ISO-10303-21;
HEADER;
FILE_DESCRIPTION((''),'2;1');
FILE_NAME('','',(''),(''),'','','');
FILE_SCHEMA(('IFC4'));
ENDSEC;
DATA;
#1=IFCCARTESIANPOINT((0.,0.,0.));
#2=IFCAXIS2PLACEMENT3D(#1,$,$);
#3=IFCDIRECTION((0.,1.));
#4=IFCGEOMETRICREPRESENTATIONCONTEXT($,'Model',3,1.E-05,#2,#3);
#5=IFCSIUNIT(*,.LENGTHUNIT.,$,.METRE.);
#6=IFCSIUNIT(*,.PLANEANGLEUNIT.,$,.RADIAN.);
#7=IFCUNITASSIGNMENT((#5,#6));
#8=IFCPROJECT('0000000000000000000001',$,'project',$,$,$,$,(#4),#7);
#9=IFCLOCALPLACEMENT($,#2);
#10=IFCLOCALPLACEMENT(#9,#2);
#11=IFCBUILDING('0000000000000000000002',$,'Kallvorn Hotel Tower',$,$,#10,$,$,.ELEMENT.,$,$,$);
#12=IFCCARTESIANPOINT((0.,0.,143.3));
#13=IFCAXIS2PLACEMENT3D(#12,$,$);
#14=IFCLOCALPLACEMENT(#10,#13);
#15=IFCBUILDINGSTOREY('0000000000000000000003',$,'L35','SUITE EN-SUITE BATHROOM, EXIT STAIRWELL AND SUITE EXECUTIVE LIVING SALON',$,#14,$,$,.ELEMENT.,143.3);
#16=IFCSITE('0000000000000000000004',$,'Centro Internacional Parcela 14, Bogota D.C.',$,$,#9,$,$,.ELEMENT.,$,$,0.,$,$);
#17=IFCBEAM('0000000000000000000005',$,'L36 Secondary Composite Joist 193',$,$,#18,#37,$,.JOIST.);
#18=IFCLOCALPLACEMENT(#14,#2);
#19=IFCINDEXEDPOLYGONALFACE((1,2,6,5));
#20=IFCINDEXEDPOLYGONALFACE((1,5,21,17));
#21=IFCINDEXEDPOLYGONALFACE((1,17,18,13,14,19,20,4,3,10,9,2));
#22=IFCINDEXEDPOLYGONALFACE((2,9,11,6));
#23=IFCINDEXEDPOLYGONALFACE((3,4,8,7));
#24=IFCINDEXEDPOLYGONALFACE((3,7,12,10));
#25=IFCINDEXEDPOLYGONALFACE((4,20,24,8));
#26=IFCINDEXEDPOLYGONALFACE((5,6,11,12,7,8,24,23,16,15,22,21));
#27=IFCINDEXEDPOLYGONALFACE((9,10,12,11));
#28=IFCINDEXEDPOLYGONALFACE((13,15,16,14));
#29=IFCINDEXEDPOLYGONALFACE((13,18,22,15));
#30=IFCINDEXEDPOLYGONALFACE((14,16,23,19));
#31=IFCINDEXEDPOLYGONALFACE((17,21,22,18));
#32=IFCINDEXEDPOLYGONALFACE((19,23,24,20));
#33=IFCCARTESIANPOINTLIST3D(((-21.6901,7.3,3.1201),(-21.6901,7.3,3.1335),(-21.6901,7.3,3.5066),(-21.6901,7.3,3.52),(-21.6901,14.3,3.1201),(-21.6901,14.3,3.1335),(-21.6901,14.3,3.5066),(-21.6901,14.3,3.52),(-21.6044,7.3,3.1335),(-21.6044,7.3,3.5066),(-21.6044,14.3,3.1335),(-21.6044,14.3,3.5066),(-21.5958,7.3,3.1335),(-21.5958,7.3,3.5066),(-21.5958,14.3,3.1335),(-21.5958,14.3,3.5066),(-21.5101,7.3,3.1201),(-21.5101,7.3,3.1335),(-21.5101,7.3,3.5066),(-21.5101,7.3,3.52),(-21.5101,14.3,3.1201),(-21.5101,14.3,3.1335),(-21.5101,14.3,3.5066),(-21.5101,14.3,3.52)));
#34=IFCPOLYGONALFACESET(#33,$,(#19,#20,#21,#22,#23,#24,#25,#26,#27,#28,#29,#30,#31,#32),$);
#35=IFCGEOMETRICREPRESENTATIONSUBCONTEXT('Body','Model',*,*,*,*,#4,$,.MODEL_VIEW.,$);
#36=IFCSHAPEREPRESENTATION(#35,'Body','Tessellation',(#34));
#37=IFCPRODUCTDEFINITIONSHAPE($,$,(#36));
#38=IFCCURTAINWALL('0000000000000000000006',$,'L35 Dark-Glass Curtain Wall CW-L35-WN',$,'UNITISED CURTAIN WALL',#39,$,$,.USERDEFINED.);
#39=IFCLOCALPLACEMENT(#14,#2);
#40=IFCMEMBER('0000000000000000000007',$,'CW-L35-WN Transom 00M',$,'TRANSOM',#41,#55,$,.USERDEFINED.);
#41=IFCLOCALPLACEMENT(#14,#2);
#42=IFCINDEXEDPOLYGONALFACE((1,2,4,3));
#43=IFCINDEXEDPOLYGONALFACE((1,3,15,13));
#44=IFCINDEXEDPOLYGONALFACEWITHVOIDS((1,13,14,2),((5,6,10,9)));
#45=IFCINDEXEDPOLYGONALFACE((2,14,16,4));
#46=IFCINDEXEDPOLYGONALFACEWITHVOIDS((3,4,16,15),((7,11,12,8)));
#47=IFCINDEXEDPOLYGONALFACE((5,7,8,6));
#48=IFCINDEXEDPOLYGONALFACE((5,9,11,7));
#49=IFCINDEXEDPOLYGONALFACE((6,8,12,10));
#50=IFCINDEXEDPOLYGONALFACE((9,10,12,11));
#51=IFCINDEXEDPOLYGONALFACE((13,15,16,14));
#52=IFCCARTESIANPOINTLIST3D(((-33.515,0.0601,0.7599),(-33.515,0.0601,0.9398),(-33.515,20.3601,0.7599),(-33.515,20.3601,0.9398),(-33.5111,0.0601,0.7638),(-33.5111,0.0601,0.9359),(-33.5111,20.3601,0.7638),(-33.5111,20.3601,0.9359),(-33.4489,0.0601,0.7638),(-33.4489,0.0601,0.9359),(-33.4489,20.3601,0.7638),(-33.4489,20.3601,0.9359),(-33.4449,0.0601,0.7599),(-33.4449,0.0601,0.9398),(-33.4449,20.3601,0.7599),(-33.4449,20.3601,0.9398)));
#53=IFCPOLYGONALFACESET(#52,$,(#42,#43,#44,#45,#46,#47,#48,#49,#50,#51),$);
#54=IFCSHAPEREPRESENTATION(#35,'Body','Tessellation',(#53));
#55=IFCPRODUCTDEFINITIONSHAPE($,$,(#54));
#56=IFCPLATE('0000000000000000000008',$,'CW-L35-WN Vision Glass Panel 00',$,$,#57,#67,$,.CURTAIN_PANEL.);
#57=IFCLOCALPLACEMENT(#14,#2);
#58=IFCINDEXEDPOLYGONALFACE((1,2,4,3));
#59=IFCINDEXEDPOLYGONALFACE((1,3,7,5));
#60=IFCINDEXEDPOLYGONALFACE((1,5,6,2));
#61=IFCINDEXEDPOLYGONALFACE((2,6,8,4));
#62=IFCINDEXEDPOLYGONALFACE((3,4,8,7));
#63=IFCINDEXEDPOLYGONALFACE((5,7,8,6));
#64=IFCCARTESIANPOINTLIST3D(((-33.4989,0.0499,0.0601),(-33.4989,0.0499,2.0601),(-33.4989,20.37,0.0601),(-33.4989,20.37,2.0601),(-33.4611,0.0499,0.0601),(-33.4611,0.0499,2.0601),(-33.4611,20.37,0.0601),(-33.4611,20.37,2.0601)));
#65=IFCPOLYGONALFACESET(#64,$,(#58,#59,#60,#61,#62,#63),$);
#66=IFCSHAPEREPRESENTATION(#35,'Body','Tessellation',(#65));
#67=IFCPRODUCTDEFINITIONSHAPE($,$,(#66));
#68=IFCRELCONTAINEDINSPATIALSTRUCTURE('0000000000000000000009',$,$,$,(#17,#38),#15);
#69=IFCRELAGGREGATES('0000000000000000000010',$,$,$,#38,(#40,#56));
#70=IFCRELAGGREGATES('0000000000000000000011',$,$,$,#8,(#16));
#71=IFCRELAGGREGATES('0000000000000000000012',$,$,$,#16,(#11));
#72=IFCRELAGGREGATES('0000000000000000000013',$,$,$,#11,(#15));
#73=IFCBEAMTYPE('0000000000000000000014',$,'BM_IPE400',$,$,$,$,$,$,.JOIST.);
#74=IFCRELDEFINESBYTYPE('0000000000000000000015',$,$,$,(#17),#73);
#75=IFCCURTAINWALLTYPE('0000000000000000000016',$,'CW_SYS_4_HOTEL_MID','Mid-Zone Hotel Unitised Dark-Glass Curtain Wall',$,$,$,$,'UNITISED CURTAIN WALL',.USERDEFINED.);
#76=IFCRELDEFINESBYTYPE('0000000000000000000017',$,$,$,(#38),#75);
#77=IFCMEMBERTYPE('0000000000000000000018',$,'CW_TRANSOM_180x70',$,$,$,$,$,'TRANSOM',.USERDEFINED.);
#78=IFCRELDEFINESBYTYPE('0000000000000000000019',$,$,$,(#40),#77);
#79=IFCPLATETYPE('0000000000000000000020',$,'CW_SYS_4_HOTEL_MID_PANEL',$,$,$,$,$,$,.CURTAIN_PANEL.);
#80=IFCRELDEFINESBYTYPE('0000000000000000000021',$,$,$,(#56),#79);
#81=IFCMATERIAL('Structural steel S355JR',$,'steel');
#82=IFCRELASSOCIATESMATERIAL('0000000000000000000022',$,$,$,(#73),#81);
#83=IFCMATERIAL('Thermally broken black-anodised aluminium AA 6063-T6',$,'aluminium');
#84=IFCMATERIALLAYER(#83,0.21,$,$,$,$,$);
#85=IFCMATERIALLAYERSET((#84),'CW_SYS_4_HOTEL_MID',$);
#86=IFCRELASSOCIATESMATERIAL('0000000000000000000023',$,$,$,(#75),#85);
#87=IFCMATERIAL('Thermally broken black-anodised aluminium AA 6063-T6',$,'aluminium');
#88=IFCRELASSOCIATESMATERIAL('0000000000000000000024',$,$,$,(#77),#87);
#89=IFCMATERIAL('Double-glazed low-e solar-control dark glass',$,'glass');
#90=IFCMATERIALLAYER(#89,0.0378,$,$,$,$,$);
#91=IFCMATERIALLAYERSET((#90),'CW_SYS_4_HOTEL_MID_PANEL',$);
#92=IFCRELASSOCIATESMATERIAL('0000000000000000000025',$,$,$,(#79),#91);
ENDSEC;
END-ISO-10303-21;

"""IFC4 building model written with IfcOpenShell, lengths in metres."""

from ifc_helpers import new_model, si_unit, direction, frame, origin, origin_2d, place, context, subcontext, project, spatial, rectangle, hollow_rectangle, i_section, extrude, material, layer, layer_set, material_profile, profile_set, type_object, element, aggregate, save


model = new_model("IFC4")

# Units and contexts
model_context = context("Model", 3, precision=1e-05, world=origin(), true_north=direction((0.0, 1.0)))
body_context = subcontext(model_context, "Body", "Model", "MODEL_VIEW")
ifc_project = project(units=[si_unit("LENGTHUNIT", "METRE"), si_unit("PLANEANGLEUNIT", "RADIAN")], contexts=[model_context])

# Site, building, storey
site_placement = place(None, origin())
site = spatial("IfcSite", under=ifc_project, at=site_placement, Name="Centro Internacional Parcela 14, Bogota D.C.", CompositionType="ELEMENT", RefElevation=0.0)
building_placement = place(site_placement, origin())
building = spatial("IfcBuilding", under=site, at=building_placement, Name="Kallvorn Hotel Tower", CompositionType="ELEMENT")
storey_placement = place(building_placement, frame((0.0, 0.0, 143.3)))
storey = spatial("IfcBuildingStorey", under=building, at=storey_placement, Name="L35", Description="SUITE EN-SUITE BATHROOM, EXIT STAIRWELL AND SUITE EXECUTIVE LIVING SALON", CompositionType="ELEMENT", Elevation=143.3)

# Beam
ifc_material_1 = material(Name="Structural steel S355JR", Category="steel")
ifc_material_profile_1 = material_profile(ifc_material_1, i_section(OverallWidth=0.1799, OverallDepth=0.3999, WebThickness=0.0085, FlangeThickness=0.0134, at=origin_2d()), Name="IPE 400")
ifc_profile_set_1 = profile_set([ifc_material_profile_1], Name="Structural steel S355JR")
beam_type_1 = type_object("IfcBeamType", Name="BM_IPE400", PredefinedType="JOIST", material=ifc_profile_set_1)
beam_1_placement = place(storey_placement, frame((-21.6001, 7.3, 3.3201), z_axis=(0.0, 1.0, 0.0), x_axis=(-1.0, 0.0, 0.0)))
element("IfcBeam", 1, at=beam_1_placement, inside=storey, type_object=beam_type_1, Name="L36 Secondary Composite Joist 193", PredefinedType="JOIST", context=body_context, shape_type="SweptSolid", body=[
    extrude(i_section(OverallWidth=0.1799, OverallDepth=0.3999, WebThickness=0.0085, FlangeThickness=0.0134, at=origin_2d()), origin(), (0.0, 0.0, 1.0), 7.0),
])

# Curtain wall, member, plate
ifc_material_2 = material(Name="Thermally broken black-anodised aluminium AA 6063-T6", Category="aluminium")
ifc_layer_1 = layer(ifc_material_2, 0.21)
ifc_layer_set_1 = layer_set([ifc_layer_1], Name="CW_SYS_4_HOTEL_MID")
curtain_wall_type = type_object("IfcCurtainWallType", Name="CW_SYS_4_HOTEL_MID", Description="Mid-Zone Hotel Unitised Dark-Glass Curtain Wall", ElementType="UNITISED CURTAIN WALL", PredefinedType="USERDEFINED", material=ifc_layer_set_1)
curtain_wall_placement = place(storey_placement, origin())
curtain_wall = element("IfcCurtainWall", 2, at=curtain_wall_placement, inside=storey, type_object=curtain_wall_type, Name="L35 Dark-Glass Curtain Wall CW-L35-WN", ObjectType="UNITISED CURTAIN WALL", PredefinedType="USERDEFINED")
ifc_material_3 = material(Name="Thermally broken black-anodised aluminium AA 6063-T6", Category="aluminium")
ifc_material_profile_2 = material_profile(ifc_material_3, hollow_rectangle(XDim=0.0701, YDim=0.1799, WallThickness=0.0039, at=origin_2d()), Name="TRN 180x70")
ifc_profile_set_2 = profile_set([ifc_material_profile_2], Name="Thermally broken black-anodised aluminium AA 6063-T6")
member_type = type_object("IfcMemberType", Name="CW_TRANSOM_180x70", ElementType="TRANSOM", PredefinedType="USERDEFINED", material=ifc_profile_set_2)
member_placement = place(storey_placement, frame((-33.48, 0.0601, 0.8499), z_axis=(0.0, 1.0, 0.0), x_axis=(-1.0, 0.0, 0.0)))
member = element("IfcMember", 3, at=member_placement, type_object=member_type, Name="CW-L35-WN Transom 00M", ObjectType="TRANSOM", PredefinedType="USERDEFINED", context=body_context, shape_type="SweptSolid", body=[
    extrude(hollow_rectangle(XDim=0.0701, YDim=0.1799, WallThickness=0.0039, at=origin_2d()), origin(), (0.0, 0.0, 1.0), 20.3),
])
ifc_material_4 = material(Name="Double-glazed low-e solar-control dark glass", Category="glass")
ifc_layer_2 = layer(ifc_material_4, 0.0378)
ifc_layer_set_2 = layer_set([ifc_layer_2], Name="CW_SYS_4_HOTEL_MID_PANEL")
plate_type = type_object("IfcPlateType", Name="CW_SYS_4_HOTEL_MID_PANEL", PredefinedType="CURTAIN_PANEL", material=ifc_layer_set_2)
plate_placement = place(storey_placement, frame((-33.48, 10.21, 0.0601), z_axis=(0.0, 0.0, 1.0), x_axis=(0.0, 1.0, 0.0)))
plate = element("IfcPlate", 4, at=plate_placement, type_object=plate_type, Name="CW-L35-WN Vision Glass Panel 00", PredefinedType="CURTAIN_PANEL", context=body_context, shape_type="SweptSolid", body=[
    extrude(rectangle(XDim=20.3201, YDim=0.0378, at=origin_2d()), origin(), (0.0, 0.0, 1.0), 2.0),
])
aggregate(curtain_wall, [member, plate])

save(model, "model.ifc")
